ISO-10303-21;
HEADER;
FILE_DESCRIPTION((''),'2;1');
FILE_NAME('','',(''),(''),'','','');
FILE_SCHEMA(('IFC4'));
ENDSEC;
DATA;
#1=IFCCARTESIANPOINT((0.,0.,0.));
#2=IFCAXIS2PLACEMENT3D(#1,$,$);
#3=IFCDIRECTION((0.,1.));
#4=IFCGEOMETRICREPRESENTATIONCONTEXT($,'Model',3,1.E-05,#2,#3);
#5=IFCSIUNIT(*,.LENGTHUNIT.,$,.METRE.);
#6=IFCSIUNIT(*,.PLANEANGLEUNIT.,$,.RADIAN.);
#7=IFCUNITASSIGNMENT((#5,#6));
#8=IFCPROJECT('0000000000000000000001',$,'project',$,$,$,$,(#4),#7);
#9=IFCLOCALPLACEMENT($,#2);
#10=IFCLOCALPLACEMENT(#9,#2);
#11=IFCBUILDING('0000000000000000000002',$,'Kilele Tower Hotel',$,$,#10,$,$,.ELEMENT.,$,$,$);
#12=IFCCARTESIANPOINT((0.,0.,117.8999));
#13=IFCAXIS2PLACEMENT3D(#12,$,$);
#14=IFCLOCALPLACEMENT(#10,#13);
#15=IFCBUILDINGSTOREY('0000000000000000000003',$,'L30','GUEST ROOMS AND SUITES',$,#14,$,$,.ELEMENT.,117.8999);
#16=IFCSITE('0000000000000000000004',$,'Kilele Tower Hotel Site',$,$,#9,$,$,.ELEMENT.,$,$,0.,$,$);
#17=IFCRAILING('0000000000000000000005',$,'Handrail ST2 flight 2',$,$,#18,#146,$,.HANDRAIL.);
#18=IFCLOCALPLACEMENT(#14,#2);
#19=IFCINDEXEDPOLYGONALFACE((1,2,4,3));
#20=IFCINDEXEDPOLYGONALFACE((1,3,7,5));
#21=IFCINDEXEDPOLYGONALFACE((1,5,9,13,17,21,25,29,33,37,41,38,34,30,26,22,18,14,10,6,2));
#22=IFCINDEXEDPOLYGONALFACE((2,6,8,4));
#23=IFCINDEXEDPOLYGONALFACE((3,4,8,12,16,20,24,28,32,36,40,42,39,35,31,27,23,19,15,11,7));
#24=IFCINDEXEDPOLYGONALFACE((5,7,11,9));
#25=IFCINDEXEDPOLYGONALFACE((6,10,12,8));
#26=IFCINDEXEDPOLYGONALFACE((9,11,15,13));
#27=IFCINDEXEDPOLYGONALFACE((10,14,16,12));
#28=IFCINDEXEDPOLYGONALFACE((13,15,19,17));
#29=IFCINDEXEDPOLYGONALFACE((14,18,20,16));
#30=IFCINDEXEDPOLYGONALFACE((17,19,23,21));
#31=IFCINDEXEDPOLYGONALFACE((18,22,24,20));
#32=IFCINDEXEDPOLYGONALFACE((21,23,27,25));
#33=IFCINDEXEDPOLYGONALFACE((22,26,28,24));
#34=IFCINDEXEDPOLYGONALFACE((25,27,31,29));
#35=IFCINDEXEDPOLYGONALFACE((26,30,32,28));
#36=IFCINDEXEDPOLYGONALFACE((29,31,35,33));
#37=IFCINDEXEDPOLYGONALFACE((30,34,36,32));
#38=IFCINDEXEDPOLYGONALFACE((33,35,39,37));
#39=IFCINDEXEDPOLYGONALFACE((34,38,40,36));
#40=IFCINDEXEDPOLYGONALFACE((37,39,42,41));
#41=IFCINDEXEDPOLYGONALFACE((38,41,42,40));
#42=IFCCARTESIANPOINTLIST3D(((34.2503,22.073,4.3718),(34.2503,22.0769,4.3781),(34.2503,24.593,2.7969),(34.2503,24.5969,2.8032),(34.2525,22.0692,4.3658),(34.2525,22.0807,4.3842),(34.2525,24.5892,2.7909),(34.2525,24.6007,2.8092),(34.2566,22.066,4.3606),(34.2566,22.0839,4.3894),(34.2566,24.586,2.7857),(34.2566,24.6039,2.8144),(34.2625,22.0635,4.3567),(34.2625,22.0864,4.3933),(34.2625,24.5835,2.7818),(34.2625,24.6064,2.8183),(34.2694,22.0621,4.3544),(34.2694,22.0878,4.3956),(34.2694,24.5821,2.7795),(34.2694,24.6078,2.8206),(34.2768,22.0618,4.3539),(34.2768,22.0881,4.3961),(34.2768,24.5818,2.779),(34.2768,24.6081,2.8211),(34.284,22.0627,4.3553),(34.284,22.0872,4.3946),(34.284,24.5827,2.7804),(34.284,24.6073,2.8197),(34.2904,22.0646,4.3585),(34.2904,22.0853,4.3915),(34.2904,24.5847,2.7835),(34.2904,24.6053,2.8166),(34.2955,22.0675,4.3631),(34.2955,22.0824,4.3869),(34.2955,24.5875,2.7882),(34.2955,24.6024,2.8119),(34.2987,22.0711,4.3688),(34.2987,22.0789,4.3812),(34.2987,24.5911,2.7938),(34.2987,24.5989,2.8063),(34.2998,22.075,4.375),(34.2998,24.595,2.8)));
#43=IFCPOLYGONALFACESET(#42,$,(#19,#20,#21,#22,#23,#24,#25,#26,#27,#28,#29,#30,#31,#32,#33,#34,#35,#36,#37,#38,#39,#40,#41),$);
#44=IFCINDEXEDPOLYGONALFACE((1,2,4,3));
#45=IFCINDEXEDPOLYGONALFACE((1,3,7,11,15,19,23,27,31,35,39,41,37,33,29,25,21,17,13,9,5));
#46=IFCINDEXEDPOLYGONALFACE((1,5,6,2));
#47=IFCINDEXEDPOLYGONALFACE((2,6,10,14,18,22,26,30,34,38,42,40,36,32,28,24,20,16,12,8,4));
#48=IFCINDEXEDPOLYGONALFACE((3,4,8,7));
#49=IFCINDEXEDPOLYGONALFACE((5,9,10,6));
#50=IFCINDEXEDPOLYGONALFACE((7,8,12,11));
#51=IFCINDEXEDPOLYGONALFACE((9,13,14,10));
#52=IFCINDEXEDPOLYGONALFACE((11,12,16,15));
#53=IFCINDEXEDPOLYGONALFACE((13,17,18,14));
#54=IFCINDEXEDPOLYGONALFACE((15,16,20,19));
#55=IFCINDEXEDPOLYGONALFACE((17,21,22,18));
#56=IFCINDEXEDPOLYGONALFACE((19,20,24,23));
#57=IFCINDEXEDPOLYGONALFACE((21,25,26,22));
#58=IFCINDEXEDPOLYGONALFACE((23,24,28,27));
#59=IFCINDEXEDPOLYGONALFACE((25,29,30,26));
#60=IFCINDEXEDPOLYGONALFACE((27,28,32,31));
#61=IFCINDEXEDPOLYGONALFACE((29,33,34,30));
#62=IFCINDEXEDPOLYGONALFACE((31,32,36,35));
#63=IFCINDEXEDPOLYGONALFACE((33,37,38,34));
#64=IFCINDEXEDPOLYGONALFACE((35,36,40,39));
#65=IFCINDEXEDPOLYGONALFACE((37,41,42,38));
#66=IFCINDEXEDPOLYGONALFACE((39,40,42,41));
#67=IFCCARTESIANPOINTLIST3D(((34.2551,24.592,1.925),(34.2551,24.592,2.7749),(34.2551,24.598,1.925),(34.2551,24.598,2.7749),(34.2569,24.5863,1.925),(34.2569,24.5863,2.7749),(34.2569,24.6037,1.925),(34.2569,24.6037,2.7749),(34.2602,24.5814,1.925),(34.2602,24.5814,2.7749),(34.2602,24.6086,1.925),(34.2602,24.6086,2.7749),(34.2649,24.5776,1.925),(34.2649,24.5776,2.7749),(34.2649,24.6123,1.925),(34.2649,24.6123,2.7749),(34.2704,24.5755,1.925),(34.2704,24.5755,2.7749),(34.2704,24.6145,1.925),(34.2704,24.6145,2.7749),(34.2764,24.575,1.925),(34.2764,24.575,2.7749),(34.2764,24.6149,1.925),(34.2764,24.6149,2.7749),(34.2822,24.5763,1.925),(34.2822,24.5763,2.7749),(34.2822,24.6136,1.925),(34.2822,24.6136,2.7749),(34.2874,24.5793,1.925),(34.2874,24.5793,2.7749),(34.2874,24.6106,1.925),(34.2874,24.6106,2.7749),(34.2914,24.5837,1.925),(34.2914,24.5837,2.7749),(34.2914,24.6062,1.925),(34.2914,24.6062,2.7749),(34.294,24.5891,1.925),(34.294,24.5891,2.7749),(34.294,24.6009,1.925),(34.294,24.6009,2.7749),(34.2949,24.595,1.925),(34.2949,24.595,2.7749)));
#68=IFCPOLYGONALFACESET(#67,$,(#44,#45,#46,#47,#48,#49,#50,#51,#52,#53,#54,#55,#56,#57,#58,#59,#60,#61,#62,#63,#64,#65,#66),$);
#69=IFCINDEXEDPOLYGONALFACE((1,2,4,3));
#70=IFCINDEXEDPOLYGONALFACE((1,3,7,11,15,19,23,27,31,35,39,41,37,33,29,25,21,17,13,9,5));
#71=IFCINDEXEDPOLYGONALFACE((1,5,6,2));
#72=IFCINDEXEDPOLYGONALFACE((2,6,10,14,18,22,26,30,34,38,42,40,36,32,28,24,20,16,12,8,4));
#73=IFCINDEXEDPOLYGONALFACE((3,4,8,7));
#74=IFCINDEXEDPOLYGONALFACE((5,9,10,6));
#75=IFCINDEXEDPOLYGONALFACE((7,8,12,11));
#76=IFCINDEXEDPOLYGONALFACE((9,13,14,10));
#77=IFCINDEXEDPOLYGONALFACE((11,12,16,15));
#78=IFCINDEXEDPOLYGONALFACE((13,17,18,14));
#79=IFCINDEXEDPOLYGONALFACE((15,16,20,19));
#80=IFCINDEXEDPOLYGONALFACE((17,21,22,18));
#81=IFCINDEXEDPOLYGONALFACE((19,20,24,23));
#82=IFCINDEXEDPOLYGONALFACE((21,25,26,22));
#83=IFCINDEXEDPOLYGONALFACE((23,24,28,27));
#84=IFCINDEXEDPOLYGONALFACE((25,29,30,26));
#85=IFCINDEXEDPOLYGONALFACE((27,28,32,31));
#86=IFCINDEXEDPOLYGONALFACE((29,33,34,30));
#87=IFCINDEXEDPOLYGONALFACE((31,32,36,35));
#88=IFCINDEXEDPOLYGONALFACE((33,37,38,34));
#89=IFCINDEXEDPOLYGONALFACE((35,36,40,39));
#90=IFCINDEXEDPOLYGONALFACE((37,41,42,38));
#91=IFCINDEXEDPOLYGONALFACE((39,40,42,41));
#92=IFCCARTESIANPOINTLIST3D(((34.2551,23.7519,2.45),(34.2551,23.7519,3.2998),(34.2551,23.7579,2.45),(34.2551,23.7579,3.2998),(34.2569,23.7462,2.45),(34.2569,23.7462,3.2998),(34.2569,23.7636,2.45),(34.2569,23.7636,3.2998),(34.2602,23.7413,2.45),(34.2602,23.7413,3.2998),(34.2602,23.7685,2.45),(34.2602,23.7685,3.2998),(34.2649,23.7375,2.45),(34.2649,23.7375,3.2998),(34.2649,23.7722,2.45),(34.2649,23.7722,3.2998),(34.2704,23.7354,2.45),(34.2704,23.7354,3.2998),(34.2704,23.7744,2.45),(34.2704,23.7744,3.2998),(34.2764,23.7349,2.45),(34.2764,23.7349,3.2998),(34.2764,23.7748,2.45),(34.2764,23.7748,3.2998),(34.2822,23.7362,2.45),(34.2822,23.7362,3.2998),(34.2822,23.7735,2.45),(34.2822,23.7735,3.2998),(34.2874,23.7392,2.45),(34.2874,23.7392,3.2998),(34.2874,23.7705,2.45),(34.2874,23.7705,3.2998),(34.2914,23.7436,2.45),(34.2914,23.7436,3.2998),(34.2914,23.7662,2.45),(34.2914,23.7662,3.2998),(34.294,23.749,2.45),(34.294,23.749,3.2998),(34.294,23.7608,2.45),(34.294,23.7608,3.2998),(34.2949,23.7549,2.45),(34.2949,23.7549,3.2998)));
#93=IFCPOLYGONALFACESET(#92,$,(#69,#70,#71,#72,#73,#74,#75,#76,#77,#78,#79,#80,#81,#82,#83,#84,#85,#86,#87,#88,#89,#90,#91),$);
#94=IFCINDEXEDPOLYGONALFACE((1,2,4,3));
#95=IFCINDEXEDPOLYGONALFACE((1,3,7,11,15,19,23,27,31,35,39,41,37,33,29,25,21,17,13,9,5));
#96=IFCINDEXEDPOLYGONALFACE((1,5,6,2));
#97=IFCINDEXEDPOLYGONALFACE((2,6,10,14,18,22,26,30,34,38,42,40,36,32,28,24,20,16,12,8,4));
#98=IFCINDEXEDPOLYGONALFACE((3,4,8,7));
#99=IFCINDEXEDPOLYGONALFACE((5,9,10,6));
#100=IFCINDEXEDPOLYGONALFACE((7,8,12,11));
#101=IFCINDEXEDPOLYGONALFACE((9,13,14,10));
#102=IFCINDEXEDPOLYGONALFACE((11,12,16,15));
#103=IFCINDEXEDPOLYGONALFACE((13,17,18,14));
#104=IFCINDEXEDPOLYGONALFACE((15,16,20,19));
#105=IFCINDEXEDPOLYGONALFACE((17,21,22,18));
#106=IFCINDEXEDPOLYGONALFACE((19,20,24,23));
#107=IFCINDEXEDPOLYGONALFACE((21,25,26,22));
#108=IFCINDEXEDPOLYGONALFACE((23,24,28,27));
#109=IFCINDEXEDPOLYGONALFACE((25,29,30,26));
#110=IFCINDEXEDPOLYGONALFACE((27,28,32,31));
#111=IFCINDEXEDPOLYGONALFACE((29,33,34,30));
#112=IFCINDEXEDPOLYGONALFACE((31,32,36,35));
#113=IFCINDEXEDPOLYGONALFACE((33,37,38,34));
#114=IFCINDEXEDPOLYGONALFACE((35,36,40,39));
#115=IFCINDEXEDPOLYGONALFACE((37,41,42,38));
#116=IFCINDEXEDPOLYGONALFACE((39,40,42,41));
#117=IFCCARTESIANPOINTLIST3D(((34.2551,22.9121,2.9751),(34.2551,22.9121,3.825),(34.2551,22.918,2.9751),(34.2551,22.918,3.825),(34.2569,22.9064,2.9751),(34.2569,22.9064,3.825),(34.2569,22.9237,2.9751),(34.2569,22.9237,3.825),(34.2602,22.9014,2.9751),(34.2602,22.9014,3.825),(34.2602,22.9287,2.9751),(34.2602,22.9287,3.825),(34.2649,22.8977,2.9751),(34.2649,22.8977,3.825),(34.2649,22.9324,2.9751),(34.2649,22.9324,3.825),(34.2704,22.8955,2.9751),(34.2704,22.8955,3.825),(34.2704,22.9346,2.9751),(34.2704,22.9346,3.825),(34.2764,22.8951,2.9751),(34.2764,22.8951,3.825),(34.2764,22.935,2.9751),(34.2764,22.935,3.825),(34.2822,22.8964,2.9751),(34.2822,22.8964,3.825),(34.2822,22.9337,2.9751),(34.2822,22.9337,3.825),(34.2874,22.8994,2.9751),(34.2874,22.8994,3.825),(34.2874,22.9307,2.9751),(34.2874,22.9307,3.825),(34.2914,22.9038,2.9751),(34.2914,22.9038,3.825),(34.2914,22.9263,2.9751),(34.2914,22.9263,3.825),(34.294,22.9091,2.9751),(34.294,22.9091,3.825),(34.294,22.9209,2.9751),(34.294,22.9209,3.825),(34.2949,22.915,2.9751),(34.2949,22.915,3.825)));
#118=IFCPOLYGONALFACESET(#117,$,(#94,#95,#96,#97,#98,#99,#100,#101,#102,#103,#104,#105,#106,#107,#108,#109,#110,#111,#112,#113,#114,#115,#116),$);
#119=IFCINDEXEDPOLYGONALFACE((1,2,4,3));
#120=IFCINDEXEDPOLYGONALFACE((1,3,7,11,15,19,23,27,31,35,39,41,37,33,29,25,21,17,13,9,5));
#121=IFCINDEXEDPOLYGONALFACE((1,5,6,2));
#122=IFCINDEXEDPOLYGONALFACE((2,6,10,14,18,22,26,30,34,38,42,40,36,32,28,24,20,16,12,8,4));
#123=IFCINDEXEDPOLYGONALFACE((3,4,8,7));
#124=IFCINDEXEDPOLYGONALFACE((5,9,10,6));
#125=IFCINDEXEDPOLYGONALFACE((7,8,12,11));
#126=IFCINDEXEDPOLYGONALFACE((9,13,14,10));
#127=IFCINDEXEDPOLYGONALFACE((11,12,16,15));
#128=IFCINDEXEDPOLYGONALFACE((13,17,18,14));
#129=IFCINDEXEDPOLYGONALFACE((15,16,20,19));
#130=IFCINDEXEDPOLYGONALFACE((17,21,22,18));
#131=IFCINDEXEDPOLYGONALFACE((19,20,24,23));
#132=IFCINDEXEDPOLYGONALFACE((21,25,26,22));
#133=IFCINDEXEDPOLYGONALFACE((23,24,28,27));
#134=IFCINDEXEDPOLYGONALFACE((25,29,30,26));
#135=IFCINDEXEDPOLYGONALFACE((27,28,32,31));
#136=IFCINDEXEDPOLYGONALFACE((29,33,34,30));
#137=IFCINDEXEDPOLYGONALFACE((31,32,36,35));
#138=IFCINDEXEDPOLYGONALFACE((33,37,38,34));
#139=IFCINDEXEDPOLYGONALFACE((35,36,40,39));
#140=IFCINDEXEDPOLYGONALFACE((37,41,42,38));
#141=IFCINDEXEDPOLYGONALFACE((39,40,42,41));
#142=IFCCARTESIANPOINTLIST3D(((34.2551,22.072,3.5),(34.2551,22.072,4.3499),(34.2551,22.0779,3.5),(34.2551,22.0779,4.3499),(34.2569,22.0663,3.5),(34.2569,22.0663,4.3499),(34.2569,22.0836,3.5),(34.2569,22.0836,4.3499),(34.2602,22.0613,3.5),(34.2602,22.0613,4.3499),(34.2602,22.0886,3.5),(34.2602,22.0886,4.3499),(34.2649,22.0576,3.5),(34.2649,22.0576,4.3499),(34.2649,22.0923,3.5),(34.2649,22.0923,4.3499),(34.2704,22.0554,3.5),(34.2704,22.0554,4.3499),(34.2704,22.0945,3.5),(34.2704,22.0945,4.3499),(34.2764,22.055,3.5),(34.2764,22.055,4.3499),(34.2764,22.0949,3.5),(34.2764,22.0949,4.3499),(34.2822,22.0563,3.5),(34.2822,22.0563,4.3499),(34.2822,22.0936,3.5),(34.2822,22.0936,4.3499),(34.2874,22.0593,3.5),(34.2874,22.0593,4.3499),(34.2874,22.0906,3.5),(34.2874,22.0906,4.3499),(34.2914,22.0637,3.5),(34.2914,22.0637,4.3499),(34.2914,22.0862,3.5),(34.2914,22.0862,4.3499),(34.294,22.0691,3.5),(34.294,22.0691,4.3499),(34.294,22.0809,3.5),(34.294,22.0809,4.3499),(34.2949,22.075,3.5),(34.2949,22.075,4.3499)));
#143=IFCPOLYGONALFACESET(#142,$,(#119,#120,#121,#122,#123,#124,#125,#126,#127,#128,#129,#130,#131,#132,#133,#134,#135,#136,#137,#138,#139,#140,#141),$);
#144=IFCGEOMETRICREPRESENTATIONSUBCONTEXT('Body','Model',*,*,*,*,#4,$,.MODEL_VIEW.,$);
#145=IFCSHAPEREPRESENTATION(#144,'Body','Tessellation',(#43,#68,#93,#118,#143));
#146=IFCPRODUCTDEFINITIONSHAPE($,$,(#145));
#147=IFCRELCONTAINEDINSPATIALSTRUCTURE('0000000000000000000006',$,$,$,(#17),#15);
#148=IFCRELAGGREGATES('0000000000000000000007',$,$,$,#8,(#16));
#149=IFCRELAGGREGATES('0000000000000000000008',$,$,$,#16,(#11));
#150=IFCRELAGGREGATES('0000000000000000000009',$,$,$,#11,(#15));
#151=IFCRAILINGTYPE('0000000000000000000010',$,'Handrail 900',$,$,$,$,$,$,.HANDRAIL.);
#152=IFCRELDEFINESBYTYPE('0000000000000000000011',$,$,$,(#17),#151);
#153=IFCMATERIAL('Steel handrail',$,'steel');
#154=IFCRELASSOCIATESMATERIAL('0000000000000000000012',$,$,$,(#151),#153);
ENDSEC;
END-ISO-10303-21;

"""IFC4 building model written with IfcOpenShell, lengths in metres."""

from ifc_helpers import new_model, si_unit, direction, frame, origin, origin_2d, place, context, subcontext, project, spatial, circle, extrude, material, type_object, element, save


model = new_model("IFC4")

# Units and contexts
model_context = context("Model", 3, precision=1e-05, world=origin(), true_north=direction((0.0, 1.0)))
body_context = subcontext(model_context, "Body", "Model", "MODEL_VIEW")
ifc_project = project(units=[si_unit("LENGTHUNIT", "METRE"), si_unit("PLANEANGLEUNIT", "RADIAN")], contexts=[model_context])

# Site, building, storey
site_placement = place(None, origin())
site = spatial("IfcSite", under=ifc_project, at=site_placement, Name="Kilele Tower Hotel Site", CompositionType="ELEMENT", RefElevation=0.0)
building_placement = place(site_placement, origin())
building = spatial("IfcBuilding", under=site, at=building_placement, Name="Kilele Tower Hotel", CompositionType="ELEMENT")
storey_placement = place(building_placement, frame((0.0, 0.0, 117.8999)))
storey = spatial("IfcBuildingStorey", under=building, at=storey_placement, Name="L30", Description="GUEST ROOMS AND SUITES", CompositionType="ELEMENT", Elevation=117.8999)

# Railing
ifc_material_1 = material(Name="Steel handrail", Category="steel")
railing_type_1 = type_object("IfcRailingType", Name="Handrail 900", PredefinedType="HANDRAIL", material=ifc_material_1)
for number, where, name in (
    (1, (34.2749, 24.595, 1.925), "Handrail ST2 flight 2"),
):
    element("IfcRailing", number, at=place(storey_placement, frame(where)), inside=storey, type_object=railing_type_1, Name=name, PredefinedType="HANDRAIL", context=body_context, shape_type="SweptSolid", body=[
        extrude(circle(Radius=0.0249, at=origin_2d()), frame((0.0, 0.0, 0.875), z_axis=(0.0, -0.848008, 0.529984), x_axis=(1.0, 0.0, 0.0)), (0.0, 0.0, 1.0), 2.9717),
        extrude(circle(Radius=0.02, at=origin_2d()), origin(), (0.0, 0.0, 1.0), 0.8499),
        extrude(circle(Radius=0.02, at=origin_2d()), frame((0.0, -0.8401, 0.5249)), (0.0, 0.0, 1.0), 0.8499),
        extrude(circle(Radius=0.02, at=origin_2d()), frame((0.0, -1.6799, 1.05)), (0.0, 0.0, 1.0), 0.8499),
        extrude(circle(Radius=0.02, at=origin_2d()), frame((0.0, -2.52, 1.575)), (0.0, 0.0, 1.0), 0.8499),
    ])

save(model, "model.ifc")
